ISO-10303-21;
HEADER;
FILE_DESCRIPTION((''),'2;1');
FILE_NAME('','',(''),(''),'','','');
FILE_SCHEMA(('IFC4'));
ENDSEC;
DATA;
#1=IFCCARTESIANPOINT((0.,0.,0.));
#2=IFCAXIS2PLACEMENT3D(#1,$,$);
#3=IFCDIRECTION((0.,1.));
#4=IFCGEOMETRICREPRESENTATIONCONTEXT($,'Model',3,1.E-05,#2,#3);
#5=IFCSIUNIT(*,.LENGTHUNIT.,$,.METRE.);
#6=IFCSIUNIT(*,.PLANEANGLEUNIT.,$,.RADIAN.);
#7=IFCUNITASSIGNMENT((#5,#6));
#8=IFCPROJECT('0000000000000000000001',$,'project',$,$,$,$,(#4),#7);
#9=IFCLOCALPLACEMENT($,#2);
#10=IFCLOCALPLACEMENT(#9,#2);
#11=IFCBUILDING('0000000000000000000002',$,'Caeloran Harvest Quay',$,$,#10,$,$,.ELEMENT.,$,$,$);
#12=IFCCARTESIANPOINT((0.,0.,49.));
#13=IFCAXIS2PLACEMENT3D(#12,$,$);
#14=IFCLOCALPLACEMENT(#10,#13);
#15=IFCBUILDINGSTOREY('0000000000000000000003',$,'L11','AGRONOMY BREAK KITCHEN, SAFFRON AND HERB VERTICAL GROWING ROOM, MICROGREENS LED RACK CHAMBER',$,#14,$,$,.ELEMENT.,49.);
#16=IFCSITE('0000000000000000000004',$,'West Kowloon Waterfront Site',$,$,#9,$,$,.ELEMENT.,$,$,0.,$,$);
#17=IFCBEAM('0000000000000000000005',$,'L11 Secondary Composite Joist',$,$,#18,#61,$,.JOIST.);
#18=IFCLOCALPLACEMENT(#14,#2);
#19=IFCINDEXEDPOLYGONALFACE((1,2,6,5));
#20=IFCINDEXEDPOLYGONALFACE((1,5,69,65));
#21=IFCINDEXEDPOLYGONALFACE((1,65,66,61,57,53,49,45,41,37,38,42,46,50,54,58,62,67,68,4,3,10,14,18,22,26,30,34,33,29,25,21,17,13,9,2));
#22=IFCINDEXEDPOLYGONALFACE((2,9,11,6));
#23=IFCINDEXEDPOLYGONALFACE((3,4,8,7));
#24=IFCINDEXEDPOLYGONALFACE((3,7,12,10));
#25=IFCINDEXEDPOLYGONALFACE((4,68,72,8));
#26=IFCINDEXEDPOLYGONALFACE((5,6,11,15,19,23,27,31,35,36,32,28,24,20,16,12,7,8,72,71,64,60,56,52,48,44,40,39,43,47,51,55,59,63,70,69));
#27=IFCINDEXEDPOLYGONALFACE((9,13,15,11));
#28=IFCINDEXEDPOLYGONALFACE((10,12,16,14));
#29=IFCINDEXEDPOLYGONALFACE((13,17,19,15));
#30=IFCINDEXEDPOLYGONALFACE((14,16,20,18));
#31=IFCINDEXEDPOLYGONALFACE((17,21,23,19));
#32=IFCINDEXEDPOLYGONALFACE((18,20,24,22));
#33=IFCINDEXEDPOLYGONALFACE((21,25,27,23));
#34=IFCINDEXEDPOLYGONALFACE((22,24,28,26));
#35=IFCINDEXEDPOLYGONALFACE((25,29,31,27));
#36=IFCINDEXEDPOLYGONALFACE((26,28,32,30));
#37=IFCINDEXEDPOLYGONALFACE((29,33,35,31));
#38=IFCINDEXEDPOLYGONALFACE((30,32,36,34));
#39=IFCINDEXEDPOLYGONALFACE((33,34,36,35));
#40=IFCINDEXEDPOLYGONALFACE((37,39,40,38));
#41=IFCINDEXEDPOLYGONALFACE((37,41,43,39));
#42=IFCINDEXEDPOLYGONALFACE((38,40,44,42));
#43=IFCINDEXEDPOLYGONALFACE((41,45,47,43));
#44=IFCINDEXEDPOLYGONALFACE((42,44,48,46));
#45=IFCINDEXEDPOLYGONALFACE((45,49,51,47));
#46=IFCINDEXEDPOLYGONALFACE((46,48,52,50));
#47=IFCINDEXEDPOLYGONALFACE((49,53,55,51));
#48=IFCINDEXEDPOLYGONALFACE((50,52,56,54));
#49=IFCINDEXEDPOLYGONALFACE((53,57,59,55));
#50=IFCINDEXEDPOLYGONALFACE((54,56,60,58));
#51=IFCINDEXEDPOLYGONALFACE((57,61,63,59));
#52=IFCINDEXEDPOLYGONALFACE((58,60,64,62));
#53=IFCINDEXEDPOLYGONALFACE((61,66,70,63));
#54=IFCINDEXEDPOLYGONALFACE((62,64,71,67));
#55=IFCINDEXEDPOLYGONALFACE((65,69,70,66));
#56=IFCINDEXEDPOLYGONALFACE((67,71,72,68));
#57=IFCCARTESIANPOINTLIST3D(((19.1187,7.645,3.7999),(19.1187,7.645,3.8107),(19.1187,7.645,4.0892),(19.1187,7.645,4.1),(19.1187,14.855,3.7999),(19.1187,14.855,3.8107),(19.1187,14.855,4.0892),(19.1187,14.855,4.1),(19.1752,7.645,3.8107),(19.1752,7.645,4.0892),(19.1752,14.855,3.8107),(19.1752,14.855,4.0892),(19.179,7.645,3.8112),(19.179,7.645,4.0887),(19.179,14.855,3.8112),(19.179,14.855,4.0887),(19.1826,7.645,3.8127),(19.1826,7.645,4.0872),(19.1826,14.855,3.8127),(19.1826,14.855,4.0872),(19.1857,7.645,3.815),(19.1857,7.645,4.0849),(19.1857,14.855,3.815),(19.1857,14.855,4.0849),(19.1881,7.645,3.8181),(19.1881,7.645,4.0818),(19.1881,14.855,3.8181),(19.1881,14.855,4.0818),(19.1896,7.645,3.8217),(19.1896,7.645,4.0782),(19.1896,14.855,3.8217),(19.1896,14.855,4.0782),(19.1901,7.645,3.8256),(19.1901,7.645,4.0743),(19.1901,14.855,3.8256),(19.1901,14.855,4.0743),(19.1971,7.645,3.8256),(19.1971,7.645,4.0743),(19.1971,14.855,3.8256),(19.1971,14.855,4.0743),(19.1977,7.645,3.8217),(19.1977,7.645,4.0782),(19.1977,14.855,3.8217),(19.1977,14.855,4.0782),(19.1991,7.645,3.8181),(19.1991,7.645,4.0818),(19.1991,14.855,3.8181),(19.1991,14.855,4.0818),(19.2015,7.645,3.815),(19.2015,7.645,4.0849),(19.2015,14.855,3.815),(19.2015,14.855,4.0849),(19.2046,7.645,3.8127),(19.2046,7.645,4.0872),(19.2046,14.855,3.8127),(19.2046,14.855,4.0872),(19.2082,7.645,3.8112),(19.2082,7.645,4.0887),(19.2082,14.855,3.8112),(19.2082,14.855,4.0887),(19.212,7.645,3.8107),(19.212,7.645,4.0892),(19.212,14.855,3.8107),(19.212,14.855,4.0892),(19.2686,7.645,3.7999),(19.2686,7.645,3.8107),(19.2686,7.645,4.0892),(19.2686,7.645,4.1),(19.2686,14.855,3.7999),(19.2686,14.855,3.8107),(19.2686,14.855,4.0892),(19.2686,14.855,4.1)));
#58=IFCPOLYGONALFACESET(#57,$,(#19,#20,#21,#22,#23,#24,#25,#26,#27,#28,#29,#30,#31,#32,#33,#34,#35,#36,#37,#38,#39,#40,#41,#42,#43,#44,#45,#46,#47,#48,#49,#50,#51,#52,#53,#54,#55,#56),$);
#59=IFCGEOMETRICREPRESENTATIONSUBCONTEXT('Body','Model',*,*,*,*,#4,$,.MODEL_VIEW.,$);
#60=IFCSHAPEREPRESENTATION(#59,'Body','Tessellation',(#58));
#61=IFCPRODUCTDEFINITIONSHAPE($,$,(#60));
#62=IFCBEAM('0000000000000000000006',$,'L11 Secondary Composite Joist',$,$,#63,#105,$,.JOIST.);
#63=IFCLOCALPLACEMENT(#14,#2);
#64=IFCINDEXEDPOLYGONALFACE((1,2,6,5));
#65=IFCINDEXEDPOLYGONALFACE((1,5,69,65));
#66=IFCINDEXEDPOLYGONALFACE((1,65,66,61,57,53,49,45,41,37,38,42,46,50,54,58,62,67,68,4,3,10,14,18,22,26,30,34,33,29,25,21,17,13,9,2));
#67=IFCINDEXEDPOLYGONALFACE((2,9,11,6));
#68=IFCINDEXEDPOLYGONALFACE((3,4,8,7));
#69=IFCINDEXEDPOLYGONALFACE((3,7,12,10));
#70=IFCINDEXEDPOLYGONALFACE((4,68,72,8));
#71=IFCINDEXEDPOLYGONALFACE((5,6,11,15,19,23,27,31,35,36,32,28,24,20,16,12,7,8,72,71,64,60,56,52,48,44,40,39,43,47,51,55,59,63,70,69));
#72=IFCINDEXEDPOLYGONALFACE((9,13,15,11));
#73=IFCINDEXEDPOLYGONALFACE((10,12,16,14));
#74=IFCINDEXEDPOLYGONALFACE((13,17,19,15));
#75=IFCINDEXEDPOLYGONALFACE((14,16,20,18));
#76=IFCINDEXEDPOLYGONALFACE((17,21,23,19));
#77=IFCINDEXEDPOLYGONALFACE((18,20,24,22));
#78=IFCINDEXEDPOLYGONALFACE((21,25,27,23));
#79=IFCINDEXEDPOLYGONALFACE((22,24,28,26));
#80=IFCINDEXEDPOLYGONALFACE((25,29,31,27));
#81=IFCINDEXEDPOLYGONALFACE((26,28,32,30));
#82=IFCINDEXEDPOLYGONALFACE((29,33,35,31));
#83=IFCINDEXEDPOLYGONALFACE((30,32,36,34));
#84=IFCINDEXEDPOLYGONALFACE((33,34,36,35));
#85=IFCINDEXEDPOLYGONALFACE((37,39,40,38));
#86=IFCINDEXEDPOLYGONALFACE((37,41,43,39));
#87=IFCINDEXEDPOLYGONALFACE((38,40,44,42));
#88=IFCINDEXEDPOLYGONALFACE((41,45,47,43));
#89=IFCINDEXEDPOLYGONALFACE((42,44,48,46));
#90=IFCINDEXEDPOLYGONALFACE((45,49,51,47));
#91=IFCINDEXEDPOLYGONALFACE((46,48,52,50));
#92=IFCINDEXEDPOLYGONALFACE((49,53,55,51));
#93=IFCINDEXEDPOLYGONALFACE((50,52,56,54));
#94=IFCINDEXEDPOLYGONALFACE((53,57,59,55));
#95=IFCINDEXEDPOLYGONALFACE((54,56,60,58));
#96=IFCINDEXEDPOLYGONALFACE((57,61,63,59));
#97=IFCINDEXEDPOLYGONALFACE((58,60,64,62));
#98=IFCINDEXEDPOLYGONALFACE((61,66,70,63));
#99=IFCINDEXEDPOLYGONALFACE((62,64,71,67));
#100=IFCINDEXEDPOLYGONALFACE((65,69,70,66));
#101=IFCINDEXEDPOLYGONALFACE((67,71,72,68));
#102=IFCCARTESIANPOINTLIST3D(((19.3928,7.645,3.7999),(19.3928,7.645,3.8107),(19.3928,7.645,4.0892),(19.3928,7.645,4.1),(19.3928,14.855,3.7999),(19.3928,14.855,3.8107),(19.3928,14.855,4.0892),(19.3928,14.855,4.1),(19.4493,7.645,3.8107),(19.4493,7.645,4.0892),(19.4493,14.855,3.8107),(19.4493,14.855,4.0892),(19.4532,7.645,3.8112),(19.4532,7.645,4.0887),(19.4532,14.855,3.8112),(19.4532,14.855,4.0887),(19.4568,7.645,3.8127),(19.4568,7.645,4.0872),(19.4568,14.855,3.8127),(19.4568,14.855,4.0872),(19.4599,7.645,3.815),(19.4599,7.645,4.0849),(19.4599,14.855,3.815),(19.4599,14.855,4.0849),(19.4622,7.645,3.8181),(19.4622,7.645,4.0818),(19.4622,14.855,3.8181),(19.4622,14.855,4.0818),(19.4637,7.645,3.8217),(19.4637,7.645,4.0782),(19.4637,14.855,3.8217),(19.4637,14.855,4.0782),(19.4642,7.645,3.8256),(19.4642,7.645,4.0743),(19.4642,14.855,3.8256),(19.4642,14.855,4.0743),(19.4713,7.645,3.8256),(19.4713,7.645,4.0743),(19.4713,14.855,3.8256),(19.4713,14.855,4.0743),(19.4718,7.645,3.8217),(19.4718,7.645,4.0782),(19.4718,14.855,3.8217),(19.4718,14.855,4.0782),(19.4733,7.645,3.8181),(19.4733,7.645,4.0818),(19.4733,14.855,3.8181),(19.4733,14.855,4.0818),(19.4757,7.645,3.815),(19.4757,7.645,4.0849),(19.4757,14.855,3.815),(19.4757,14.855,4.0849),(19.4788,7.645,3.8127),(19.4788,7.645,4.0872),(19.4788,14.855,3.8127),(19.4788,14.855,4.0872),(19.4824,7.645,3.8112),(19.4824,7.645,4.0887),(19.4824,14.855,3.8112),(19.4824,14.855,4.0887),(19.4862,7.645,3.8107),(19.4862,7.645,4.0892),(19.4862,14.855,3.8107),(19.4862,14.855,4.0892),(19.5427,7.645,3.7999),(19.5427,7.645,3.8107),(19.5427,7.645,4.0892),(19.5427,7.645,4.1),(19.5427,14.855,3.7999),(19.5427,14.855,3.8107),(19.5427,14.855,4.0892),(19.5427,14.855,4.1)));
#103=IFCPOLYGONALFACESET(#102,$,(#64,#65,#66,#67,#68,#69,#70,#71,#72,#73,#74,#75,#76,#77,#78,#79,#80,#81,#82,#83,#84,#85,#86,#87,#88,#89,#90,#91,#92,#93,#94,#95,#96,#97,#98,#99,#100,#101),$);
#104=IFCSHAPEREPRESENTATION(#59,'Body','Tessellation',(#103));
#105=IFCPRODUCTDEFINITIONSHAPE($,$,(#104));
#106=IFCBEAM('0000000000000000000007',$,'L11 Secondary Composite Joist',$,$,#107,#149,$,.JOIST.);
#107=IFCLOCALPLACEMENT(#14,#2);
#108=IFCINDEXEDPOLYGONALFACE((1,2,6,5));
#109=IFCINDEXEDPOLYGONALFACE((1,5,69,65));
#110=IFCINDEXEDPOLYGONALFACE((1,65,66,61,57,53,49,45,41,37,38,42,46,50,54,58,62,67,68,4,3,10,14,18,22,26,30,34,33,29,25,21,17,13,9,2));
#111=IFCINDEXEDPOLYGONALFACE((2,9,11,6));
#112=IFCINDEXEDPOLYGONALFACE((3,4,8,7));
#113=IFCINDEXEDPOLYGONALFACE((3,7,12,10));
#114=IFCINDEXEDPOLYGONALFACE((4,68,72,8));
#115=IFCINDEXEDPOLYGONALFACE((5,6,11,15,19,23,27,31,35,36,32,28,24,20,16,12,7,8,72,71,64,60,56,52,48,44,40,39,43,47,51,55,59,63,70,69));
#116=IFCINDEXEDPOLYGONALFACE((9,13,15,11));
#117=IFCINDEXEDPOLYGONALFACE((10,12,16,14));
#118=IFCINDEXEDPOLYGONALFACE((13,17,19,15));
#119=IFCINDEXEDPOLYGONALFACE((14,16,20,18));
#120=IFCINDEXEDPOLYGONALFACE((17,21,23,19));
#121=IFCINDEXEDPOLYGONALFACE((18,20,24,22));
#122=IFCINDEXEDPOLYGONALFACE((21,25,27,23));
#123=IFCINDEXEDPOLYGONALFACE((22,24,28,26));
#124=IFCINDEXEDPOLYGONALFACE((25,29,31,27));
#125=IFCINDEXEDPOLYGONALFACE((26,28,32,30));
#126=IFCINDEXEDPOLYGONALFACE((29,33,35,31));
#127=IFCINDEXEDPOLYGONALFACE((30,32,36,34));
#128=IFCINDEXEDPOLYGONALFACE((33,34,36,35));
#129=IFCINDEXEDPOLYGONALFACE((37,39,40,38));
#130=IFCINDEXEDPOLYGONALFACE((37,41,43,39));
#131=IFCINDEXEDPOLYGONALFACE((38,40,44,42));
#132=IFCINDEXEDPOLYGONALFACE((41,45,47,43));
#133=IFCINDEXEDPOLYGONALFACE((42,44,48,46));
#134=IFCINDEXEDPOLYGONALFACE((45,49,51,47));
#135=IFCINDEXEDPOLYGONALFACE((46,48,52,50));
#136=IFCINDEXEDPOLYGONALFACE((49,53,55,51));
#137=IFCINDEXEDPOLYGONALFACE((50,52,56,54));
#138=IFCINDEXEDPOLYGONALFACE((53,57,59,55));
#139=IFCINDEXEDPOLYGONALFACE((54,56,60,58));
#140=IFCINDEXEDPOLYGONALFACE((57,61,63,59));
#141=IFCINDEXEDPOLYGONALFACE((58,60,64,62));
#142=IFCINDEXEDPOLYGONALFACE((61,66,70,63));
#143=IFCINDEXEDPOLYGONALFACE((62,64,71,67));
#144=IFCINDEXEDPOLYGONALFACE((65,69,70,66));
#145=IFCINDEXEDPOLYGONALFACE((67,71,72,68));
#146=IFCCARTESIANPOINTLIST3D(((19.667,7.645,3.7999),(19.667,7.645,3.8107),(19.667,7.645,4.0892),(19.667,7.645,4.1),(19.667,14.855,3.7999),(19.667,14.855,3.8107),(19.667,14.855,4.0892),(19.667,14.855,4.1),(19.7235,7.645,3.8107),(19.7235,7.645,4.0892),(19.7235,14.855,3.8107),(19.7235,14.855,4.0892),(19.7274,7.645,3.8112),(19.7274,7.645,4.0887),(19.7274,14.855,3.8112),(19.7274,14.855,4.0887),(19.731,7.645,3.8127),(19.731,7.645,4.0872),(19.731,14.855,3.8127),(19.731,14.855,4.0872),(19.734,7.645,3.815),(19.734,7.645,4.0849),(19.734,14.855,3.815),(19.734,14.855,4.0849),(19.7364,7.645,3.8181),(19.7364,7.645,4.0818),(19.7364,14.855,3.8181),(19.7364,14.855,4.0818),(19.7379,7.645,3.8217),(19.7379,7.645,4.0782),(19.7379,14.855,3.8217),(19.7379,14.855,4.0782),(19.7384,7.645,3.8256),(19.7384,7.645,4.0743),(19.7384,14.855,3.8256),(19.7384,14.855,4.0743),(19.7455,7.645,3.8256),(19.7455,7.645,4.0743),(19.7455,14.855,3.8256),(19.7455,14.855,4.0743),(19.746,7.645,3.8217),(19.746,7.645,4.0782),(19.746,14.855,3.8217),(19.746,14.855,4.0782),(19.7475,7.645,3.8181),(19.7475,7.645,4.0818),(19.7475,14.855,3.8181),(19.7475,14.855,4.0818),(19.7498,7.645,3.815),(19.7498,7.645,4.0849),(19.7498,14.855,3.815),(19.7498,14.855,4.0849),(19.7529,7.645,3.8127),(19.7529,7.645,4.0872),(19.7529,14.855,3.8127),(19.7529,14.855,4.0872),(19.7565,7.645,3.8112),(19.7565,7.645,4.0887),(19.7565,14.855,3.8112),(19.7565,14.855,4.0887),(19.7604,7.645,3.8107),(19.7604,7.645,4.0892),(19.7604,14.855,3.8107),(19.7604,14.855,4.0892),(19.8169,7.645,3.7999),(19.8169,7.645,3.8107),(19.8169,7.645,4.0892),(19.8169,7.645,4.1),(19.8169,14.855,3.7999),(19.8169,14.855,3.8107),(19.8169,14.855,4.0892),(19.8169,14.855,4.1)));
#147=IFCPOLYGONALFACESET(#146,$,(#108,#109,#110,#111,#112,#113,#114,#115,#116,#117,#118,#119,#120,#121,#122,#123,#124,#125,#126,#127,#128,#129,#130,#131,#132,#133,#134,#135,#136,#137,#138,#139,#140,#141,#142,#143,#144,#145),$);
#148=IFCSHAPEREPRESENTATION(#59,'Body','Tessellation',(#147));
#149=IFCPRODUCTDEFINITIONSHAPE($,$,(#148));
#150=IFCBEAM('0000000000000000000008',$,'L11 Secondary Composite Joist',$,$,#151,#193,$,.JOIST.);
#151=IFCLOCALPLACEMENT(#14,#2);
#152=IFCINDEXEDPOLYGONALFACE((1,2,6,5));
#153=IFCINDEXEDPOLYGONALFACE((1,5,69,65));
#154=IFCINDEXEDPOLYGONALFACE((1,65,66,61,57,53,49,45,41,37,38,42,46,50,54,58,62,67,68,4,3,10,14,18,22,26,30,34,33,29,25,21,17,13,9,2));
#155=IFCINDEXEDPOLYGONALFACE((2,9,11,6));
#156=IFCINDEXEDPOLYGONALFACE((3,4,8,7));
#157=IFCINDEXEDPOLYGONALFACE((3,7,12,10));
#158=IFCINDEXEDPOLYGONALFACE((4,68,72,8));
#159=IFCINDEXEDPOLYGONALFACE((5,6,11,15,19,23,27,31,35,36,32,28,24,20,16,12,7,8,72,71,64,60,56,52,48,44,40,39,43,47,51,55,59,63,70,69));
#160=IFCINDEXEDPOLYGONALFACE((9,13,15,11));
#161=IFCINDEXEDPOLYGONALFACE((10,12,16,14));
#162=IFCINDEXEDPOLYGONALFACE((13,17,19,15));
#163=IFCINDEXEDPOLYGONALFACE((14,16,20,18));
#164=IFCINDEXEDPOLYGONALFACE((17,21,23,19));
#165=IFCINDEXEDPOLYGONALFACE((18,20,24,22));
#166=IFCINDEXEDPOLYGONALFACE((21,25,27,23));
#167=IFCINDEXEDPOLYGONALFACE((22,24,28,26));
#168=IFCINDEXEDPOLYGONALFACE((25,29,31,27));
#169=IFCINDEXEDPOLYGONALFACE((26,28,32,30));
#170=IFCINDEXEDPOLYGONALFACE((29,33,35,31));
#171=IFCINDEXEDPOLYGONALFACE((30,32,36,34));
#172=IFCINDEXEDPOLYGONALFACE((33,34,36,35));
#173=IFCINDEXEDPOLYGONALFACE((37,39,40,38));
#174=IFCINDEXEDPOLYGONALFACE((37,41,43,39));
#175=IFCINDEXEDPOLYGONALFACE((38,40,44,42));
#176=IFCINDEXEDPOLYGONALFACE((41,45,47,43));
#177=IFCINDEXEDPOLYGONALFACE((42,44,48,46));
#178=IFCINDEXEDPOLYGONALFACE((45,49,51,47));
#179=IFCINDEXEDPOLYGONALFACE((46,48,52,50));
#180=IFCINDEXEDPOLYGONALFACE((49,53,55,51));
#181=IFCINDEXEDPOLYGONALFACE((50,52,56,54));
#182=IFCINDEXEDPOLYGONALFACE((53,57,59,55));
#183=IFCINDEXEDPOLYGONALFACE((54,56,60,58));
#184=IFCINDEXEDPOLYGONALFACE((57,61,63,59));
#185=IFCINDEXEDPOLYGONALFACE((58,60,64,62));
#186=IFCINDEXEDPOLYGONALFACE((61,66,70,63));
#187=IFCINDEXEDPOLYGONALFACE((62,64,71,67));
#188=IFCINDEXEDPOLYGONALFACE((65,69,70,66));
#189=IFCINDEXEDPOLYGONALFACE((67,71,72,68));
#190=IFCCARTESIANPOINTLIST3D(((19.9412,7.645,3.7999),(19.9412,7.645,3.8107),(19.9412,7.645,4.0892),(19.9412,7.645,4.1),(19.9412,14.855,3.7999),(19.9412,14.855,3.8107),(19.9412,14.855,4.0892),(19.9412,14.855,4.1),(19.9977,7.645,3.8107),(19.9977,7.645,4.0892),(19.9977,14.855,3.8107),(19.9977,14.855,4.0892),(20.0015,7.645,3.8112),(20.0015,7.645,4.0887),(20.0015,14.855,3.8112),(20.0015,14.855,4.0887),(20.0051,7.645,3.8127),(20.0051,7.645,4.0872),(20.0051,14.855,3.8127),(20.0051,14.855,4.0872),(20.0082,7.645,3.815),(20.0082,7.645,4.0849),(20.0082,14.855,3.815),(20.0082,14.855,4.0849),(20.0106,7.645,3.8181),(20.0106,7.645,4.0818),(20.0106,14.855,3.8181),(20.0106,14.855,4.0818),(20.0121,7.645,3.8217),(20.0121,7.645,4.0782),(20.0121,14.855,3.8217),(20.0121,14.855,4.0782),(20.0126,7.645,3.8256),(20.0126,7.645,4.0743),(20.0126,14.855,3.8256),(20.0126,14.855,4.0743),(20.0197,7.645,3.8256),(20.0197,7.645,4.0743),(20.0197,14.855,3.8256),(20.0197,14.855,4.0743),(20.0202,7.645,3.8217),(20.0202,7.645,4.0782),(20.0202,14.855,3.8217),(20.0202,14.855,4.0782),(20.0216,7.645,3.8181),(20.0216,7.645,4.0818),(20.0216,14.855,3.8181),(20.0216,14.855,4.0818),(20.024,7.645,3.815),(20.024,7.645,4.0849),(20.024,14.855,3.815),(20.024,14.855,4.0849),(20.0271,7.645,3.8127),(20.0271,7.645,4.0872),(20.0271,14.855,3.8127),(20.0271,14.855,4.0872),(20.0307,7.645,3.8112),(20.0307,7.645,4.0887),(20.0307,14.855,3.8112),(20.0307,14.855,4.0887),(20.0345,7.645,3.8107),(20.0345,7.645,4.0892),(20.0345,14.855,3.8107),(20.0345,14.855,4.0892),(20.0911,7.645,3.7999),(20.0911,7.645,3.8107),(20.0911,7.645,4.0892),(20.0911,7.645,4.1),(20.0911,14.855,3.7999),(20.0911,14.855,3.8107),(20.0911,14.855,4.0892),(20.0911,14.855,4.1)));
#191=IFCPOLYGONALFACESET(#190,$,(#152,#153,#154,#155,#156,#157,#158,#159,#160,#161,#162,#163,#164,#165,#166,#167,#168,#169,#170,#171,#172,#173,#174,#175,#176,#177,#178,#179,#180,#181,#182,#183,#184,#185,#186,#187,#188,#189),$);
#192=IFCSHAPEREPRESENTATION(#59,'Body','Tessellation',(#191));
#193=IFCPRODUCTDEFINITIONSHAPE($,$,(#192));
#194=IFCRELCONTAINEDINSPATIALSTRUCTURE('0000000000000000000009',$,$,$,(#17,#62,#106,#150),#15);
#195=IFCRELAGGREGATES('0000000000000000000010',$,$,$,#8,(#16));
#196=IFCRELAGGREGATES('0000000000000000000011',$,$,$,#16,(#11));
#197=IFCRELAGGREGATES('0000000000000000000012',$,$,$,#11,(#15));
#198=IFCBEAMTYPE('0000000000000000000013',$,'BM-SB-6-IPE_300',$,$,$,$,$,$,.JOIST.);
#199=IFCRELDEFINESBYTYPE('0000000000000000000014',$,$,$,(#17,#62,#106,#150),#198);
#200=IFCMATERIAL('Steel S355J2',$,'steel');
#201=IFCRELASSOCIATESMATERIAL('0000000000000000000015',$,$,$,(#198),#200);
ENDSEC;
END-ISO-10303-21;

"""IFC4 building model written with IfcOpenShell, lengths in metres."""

from ifc_helpers import new_model, si_unit, direction, frame, origin, origin_2d, place, context, subcontext, project, spatial, i_section, extrude, material, material_profile, profile_set, type_object, element, save


model = new_model("IFC4")

# Units and contexts
model_context = context("Model", 3, precision=1e-05, world=origin(), true_north=direction((0.0, 1.0)))
body_context = subcontext(model_context, "Body", "Model", "MODEL_VIEW")
ifc_project = project(units=[si_unit("LENGTHUNIT", "METRE"), si_unit("PLANEANGLEUNIT", "RADIAN")], contexts=[model_context])

# Site, building, storey
site_placement = place(None, origin())
site = spatial("IfcSite", under=ifc_project, at=site_placement, Name="West Kowloon Waterfront Site", CompositionType="ELEMENT", RefElevation=0.0)
building_placement = place(site_placement, origin())
building = spatial("IfcBuilding", under=site, at=building_placement, Name="Caeloran Harvest Quay", CompositionType="ELEMENT")
storey_placement = place(building_placement, frame((0.0, 0.0, 49.0)))
storey = spatial("IfcBuildingStorey", under=building, at=storey_placement, Name="L11", Description="AGRONOMY BREAK KITCHEN, SAFFRON AND HERB VERTICAL GROWING ROOM, MICROGREENS LED RACK CHAMBER", CompositionType="ELEMENT", Elevation=49.0)

# Beams
ifc_material_1 = material(Name="Steel S355J2", Category="steel")
ifc_material_profile_1 = material_profile(ifc_material_1, i_section(OverallWidth=0.1499, OverallDepth=0.3, WebThickness=0.0071, FlangeThickness=0.0107, FilletRadius=0.0149, at=origin_2d()), Name="IPE 300")
ifc_profile_set_1 = profile_set([ifc_material_profile_1], Name="Steel S355J2")
beam_type_1 = type_object("IfcBeamType", Name="BM-SB-6-IPE_300", PredefinedType="JOIST", material=ifc_profile_set_1)
for number, where, z_axis, x_axis, name in (
    (1, (19.1936, 7.645, 3.95), (0.0, 1.0, 0.0), (-1.0, 0.0, 0.0), "L11 Secondary Composite Joist"),
    (2, (19.4678, 7.645, 3.95), (0.0, 1.0, 0.0), (-1.0, 0.0, 0.0), "L11 Secondary Composite Joist"),
    (3, (19.7419, 7.645, 3.95), (0.0, 1.0, 0.0), (-1.0, 0.0, 0.0), "L11 Secondary Composite Joist"),
    (4, (20.0161, 7.645, 3.95), (0.0, 1.0, 0.0), (-1.0, 0.0, 0.0), "L11 Secondary Composite Joist"),
):
    element("IfcBeam", number, at=place(storey_placement, frame(where, z_axis=z_axis, x_axis=x_axis)), inside=storey, type_object=beam_type_1, Name=name, PredefinedType="JOIST", context=body_context, shape_type="SweptSolid", body=[
        extrude(i_section(OverallWidth=0.1499, OverallDepth=0.3, WebThickness=0.0071, FlangeThickness=0.0107, FilletRadius=0.0149, at=origin_2d()), origin(), (0.0, 0.0, 1.0), 7.21),
    ])

save(model, "model.ifc")
